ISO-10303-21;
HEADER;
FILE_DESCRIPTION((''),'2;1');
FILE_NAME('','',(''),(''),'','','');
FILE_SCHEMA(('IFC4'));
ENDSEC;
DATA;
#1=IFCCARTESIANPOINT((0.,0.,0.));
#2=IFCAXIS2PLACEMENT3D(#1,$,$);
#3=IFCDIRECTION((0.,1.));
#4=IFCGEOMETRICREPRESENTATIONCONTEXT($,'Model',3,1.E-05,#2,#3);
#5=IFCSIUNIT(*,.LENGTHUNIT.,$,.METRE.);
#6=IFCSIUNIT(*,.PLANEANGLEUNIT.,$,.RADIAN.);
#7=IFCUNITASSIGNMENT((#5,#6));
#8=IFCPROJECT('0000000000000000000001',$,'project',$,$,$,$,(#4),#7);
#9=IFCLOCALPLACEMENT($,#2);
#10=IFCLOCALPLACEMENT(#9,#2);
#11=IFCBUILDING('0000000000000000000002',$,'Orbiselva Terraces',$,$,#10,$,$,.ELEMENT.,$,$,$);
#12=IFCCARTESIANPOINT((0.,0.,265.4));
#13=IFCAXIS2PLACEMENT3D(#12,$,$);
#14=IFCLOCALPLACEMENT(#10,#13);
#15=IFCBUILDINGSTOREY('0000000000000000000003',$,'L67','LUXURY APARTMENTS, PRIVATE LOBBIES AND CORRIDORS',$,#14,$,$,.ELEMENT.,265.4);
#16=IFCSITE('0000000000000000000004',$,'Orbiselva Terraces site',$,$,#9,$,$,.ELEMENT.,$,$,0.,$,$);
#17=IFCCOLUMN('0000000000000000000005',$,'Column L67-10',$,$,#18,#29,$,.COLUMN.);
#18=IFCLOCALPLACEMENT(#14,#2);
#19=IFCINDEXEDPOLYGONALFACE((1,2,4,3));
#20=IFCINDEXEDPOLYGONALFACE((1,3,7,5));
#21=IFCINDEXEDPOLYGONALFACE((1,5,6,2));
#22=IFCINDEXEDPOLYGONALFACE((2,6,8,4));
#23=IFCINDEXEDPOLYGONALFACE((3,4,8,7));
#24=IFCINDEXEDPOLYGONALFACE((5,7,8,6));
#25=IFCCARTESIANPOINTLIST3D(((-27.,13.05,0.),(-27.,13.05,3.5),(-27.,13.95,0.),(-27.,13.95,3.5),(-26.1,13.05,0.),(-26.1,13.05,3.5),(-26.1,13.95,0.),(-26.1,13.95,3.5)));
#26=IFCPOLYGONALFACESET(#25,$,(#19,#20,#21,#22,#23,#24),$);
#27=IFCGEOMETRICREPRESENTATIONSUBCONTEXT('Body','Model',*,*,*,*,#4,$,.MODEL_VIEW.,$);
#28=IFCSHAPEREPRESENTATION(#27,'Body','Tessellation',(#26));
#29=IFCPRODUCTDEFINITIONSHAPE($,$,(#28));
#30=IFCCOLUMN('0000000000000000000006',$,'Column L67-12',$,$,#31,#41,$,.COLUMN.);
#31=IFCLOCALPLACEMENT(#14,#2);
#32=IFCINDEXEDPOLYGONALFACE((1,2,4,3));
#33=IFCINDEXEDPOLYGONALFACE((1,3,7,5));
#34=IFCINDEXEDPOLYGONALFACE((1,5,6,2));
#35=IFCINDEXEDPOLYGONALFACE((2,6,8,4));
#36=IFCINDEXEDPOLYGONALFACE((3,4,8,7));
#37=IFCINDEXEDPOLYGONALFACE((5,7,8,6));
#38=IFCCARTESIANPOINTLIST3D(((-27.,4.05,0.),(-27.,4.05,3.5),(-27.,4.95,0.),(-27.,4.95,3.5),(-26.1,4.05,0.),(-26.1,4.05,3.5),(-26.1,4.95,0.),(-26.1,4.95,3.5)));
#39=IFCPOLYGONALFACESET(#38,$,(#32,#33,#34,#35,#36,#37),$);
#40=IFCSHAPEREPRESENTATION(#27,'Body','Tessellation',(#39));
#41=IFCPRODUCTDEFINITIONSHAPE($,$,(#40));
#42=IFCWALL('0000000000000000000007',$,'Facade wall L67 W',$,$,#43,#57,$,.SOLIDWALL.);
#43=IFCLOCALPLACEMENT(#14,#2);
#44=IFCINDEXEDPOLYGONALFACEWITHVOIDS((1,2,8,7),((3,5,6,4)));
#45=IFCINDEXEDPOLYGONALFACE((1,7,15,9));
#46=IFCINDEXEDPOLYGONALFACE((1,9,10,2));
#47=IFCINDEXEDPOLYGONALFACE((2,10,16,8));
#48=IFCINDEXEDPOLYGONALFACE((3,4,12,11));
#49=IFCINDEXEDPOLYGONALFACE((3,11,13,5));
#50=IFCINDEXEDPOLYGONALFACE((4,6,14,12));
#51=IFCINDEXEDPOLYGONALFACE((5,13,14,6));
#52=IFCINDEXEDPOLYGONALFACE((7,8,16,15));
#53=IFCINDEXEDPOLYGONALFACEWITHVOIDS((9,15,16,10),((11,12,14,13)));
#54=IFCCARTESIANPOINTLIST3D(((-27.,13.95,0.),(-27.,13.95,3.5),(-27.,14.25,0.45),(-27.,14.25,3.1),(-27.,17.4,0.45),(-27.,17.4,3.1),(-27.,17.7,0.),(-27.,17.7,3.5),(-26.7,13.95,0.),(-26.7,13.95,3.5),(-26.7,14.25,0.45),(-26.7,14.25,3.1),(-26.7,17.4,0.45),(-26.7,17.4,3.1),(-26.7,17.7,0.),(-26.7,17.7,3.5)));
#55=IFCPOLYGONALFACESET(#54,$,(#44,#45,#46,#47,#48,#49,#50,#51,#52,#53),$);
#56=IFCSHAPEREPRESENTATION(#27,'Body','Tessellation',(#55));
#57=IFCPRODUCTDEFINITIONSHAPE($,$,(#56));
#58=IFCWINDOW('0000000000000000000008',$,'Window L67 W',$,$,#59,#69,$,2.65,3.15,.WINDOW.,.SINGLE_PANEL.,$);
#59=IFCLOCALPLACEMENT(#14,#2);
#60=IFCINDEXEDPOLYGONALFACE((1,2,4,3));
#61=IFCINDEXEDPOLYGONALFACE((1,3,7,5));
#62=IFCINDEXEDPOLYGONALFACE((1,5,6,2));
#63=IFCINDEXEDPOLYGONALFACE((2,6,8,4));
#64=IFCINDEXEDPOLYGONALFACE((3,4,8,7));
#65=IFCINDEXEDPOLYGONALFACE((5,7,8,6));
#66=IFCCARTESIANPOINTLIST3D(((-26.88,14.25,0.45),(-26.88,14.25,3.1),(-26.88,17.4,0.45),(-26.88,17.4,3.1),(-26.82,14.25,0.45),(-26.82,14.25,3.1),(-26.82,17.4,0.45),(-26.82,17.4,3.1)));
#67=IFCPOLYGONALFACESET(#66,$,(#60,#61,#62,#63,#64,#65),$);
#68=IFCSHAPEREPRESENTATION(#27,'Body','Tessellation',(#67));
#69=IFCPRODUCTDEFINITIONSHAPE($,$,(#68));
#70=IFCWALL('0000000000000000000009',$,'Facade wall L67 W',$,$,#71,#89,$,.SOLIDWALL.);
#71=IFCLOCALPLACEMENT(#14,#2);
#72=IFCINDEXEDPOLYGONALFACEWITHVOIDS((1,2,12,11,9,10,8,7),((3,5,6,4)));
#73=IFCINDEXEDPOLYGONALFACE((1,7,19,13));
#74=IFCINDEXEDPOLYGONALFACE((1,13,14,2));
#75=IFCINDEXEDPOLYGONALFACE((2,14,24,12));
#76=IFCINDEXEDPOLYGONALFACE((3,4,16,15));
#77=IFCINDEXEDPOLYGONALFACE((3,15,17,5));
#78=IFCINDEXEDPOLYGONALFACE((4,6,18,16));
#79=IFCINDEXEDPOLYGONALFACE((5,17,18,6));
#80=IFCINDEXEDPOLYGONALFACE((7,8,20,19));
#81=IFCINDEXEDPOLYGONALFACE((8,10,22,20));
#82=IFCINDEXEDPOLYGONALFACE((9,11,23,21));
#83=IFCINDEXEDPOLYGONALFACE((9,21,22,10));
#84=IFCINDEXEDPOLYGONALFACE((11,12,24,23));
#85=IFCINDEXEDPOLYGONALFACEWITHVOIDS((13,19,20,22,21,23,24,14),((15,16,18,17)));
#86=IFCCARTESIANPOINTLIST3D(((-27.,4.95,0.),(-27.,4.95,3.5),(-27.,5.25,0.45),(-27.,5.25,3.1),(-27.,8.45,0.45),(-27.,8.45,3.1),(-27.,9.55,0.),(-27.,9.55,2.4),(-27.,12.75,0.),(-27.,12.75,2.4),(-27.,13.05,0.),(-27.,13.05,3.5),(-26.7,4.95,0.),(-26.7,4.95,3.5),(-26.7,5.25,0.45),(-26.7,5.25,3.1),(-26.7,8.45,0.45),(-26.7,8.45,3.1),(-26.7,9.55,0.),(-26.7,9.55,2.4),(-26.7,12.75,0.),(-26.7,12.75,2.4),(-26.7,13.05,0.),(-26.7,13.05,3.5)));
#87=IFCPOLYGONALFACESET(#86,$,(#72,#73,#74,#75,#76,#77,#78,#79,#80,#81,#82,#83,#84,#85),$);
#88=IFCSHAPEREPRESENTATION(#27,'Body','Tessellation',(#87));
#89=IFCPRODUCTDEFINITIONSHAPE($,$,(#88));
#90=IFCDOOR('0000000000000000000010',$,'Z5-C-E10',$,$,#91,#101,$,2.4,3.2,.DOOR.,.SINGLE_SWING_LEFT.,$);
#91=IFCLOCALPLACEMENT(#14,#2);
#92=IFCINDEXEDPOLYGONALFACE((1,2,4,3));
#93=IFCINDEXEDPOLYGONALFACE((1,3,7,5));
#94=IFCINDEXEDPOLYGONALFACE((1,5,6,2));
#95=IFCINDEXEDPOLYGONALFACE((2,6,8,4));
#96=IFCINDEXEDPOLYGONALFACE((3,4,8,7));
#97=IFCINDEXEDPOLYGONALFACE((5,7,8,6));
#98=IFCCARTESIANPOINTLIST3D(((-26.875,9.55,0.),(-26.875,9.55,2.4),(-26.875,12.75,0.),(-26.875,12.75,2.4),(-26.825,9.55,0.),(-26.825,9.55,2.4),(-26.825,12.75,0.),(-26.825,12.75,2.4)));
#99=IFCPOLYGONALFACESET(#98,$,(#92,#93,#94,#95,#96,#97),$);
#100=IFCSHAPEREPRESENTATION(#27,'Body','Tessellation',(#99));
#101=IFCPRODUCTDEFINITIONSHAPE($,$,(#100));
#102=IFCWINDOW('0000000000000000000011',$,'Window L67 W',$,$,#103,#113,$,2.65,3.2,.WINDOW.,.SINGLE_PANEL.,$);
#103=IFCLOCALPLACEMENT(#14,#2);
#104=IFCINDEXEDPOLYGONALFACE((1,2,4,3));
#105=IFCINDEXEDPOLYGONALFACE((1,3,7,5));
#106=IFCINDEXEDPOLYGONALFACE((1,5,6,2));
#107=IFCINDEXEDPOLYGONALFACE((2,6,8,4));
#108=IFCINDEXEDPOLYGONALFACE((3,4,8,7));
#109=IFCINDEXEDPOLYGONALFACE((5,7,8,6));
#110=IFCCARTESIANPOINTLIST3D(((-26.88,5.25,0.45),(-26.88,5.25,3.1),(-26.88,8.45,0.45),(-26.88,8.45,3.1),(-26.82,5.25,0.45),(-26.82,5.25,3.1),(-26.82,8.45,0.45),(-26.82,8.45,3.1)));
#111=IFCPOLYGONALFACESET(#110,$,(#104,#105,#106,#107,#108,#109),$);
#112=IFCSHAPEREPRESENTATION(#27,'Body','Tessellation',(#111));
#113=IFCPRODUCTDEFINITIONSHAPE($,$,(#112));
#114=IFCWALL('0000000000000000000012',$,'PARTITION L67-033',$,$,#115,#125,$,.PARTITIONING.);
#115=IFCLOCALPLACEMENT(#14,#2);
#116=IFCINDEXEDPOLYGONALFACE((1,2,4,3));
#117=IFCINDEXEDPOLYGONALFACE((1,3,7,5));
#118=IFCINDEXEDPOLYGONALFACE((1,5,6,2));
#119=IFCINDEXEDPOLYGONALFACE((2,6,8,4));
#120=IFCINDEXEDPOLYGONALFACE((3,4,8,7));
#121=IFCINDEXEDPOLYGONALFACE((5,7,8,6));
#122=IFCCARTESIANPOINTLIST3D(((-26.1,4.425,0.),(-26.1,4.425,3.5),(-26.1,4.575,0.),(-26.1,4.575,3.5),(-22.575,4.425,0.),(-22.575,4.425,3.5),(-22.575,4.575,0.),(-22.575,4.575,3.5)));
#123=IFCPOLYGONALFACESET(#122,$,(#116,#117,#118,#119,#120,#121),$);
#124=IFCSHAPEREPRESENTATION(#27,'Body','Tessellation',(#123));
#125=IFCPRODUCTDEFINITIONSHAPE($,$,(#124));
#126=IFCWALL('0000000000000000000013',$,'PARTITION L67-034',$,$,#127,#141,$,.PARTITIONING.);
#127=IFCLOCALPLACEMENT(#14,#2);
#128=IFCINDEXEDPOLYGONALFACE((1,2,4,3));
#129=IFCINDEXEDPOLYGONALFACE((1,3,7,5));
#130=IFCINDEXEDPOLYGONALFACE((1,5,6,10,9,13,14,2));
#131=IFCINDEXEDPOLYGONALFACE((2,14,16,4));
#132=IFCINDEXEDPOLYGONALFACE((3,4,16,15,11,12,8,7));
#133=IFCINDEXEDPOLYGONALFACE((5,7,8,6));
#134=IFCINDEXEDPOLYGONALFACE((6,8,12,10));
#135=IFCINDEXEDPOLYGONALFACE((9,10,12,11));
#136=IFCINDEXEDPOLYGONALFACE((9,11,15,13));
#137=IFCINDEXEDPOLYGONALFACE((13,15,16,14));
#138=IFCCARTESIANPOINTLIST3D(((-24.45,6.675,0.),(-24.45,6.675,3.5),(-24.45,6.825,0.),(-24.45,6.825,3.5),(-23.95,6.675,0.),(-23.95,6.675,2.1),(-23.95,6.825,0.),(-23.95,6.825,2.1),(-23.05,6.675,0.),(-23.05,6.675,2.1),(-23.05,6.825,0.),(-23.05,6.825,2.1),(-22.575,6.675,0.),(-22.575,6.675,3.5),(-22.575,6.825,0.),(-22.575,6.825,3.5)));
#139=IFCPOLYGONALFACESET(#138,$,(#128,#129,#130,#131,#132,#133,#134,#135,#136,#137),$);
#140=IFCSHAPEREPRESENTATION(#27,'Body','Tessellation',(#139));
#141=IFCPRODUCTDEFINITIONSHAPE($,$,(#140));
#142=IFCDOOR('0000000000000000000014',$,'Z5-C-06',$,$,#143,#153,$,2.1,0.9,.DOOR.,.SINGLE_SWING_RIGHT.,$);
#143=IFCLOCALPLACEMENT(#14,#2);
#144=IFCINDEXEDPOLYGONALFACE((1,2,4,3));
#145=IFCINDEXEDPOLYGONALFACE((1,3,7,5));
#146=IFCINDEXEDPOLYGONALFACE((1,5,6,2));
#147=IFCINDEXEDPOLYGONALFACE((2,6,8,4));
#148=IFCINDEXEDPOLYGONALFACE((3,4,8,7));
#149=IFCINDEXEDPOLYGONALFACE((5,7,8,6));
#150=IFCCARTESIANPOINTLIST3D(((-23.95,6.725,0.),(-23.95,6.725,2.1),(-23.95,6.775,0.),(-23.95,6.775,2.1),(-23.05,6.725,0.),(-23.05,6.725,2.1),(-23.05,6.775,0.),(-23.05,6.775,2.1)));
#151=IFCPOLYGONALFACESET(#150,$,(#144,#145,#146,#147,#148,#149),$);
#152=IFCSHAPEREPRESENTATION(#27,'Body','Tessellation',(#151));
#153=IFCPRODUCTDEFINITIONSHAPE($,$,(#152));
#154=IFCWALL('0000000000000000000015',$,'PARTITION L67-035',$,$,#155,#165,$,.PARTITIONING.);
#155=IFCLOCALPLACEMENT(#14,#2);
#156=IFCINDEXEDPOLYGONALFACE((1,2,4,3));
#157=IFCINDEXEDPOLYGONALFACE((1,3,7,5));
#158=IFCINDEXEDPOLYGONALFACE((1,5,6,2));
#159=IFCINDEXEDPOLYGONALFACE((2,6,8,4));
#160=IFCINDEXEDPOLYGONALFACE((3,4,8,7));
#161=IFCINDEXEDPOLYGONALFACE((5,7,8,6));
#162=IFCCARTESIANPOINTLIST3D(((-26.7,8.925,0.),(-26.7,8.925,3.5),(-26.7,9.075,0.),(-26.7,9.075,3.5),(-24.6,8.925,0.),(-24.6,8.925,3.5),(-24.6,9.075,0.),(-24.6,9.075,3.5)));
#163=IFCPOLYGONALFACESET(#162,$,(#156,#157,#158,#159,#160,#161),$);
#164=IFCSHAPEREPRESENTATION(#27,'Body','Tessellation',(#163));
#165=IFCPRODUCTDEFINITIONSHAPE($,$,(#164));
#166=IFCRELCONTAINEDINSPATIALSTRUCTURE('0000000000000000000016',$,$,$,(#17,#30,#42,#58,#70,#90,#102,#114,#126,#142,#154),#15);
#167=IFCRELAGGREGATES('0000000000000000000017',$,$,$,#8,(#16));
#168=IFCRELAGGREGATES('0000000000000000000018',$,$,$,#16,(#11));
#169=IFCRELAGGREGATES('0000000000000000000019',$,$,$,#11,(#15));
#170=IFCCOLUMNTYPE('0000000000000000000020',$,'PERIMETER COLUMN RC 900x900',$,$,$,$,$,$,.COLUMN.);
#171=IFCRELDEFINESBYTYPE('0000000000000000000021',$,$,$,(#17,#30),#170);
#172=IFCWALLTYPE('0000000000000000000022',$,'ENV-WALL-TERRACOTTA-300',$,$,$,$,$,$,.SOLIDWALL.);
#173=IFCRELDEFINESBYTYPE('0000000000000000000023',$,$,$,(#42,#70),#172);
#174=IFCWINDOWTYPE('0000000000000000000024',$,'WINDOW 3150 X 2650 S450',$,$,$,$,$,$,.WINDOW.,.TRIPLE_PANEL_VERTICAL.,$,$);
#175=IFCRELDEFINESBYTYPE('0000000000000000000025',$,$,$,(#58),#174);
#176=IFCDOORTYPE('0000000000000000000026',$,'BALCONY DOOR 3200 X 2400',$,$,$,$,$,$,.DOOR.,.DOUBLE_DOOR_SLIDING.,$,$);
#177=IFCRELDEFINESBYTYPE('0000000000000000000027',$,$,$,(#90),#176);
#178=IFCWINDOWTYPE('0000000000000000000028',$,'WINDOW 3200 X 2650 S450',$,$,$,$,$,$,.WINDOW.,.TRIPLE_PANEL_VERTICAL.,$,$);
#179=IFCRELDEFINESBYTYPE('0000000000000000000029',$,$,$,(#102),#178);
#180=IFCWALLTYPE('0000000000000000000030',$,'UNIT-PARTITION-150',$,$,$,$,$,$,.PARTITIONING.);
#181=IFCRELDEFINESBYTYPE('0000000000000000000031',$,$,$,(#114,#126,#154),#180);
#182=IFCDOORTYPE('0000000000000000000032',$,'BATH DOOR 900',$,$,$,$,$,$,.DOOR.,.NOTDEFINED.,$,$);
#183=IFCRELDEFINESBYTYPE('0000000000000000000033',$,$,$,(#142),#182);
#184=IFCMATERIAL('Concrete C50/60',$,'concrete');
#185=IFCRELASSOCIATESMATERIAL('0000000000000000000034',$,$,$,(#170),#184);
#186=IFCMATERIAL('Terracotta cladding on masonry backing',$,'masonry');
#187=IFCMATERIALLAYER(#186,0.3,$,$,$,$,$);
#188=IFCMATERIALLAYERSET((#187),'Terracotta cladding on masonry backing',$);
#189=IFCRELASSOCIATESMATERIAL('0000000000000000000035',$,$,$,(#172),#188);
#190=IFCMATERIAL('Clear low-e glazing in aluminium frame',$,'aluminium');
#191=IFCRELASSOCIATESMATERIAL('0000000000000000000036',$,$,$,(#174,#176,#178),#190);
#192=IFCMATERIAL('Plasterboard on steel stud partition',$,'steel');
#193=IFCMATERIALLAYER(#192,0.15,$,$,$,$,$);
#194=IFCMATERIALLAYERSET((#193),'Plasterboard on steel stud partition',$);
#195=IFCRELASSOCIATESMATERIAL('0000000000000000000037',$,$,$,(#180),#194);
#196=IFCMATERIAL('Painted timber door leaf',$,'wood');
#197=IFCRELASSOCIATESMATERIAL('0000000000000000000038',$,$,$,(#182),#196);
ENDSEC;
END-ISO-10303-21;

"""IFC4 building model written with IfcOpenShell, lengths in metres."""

from ifc_helpers import new_model, si_unit, direction, frame, frame_2d, origin, origin_2d, place, context, subcontext, project, spatial, rectangle, extrude, material, layer, layer_set, material_profile, profile_set, type_object, element, fill, save


model = new_model("IFC4")

# Units and contexts
model_context = context("Model", 3, precision=1e-05, world=origin(), true_north=direction((0.0, 1.0)))
body_context = subcontext(model_context, "Body", "Model", "MODEL_VIEW")
ifc_project = project(units=[si_unit("LENGTHUNIT", "METRE"), si_unit("PLANEANGLEUNIT", "RADIAN")], contexts=[model_context])

# Site, building, storey
site_placement = place(None, origin())
site = spatial("IfcSite", under=ifc_project, at=site_placement, Name="Orbiselva Terraces site", CompositionType="ELEMENT", RefElevation=0.0)
building_placement = place(site_placement, origin())
building = spatial("IfcBuilding", under=site, at=building_placement, Name="Orbiselva Terraces", CompositionType="ELEMENT")
storey_placement = place(building_placement, frame((0.0, 0.0, 265.4)))
storey = spatial("IfcBuildingStorey", under=building, at=storey_placement, Name="L67", Description="LUXURY APARTMENTS, PRIVATE LOBBIES AND CORRIDORS", CompositionType="ELEMENT", Elevation=265.4)

# Columns
ifc_material_1 = material(Name="Concrete C50/60", Category="concrete")
ifc_material_profile = material_profile(ifc_material_1, rectangle(XDim=0.9, YDim=0.9, at=origin_2d()), Name="RC 900x900")
ifc_profile_set = profile_set([ifc_material_profile], Name="Concrete C50/60")
column_type = type_object("IfcColumnType", Name="PERIMETER COLUMN RC 900x900", PredefinedType="COLUMN", material=ifc_profile_set)
for number, where, z_axis, x_axis, name in (
    (1, (-26.55, 13.5, 0.0), (0.0, 0.0, 1.0), (1.0, 0.0, 0.0), "Column L67-10"),
    (2, (-26.55, 4.5, 0.0), (0.0, 0.0, 1.0), (1.0, 0.0, 0.0), "Column L67-12"),
):
    element("IfcColumn", number, at=place(storey_placement, frame(where, z_axis=z_axis, x_axis=x_axis)), inside=storey, type_object=column_type, Name=name, PredefinedType="COLUMN", context=body_context, shape_type="SweptSolid", body=[
        extrude(rectangle(XDim=0.9, YDim=0.9, at=origin_2d()), origin(), (0.0, 0.0, 1.0), 3.5),
    ])

# Wall, opening, window
ifc_material_2 = material(Name="Terracotta cladding on masonry backing", Category="masonry")
ifc_layer_1 = layer(ifc_material_2, 0.3)
ifc_layer_set_1 = layer_set([ifc_layer_1], Name="Terracotta cladding on masonry backing")
wall_type_1 = type_object("IfcWallType", Name="ENV-WALL-TERRACOTTA-300", PredefinedType="SOLIDWALL", material=ifc_layer_set_1)
wall_1_placement = place(storey_placement, frame((-26.85, 13.95, 0.0), z_axis=(0.0, 0.0, 1.0), x_axis=(0.0, 1.0, 0.0)))
wall_1 = element("IfcWall", 3, at=wall_1_placement, inside=storey, type_object=wall_type_1, Name="Facade wall L67 W", PredefinedType="SOLIDWALL", context=body_context, shape_type="SweptSolid", body=[
    extrude(rectangle(XDim=3.75, YDim=0.3, at=frame_2d((1.875, 0.0))), origin(), (0.0, 0.0, 1.0), 3.5),
])
opening_1_placement = place(wall_1_placement, frame((0.3, 0.0, 0.45)))
opening_1 = element("IfcOpeningElement", 4, at=opening_1_placement, cuts=wall_1, PredefinedType="OPENING", context=body_context, shape_type="SweptSolid", body=[
    extrude(rectangle(XDim=3.15, YDim=2.65, at=frame_2d((1.575, 1.325))), frame((0.0, 0.16, 0.0), z_axis=(0.0, -1.0, 0.0), x_axis=(1.0, 0.0, 0.0)), (0.0, 0.0, 1.0), 0.32),
])
ifc_material_3 = material(Name="Clear low-e glazing in aluminium frame", Category="aluminium")
window_type_1 = type_object("IfcWindowType", Name="WINDOW 3150 X 2650 S450", PartitioningType="TRIPLE_PANEL_VERTICAL", PredefinedType="WINDOW", material=ifc_material_3)
window_1_placement = place(opening_1_placement, origin())
window_1 = element("IfcWindow", 5, at=window_1_placement, inside=storey, type_object=window_type_1, Name="Window L67 W", OverallHeight=2.65, OverallWidth=3.15, PartitioningType="SINGLE_PANEL", PredefinedType="WINDOW", context=body_context, shape_type="SweptSolid", body=[
    extrude(rectangle(XDim=3.15, YDim=2.65, at=frame_2d((1.575, 1.325))), frame((0.0, 0.03, 0.0), z_axis=(0.0, -1.0, 0.0), x_axis=(1.0, 0.0, 0.0)), (0.0, 0.0, 1.0), 0.06),
])
fill(opening_1, window_1)

# Wall, openings, door, window
wall_2_placement = place(storey_placement, frame((-26.85, 4.95, 0.0), z_axis=(0.0, 0.0, 1.0), x_axis=(0.0, 1.0, 0.0)))
wall_2 = element("IfcWall", 6, at=wall_2_placement, inside=storey, type_object=wall_type_1, Name="Facade wall L67 W", PredefinedType="SOLIDWALL", context=body_context, shape_type="SweptSolid", body=[
    extrude(rectangle(XDim=8.1, YDim=0.3, at=frame_2d((4.05, 0.0))), origin(), (0.0, 0.0, 1.0), 3.5),
])
opening_2_placement = place(wall_2_placement, frame((4.6, 0.0, 0.0)))
opening_2 = element("IfcOpeningElement", 7, at=opening_2_placement, cuts=wall_2, PredefinedType="OPENING", context=body_context, shape_type="SweptSolid", body=[
    extrude(rectangle(XDim=3.2, YDim=2.4, at=frame_2d((1.6, 1.2))), frame((0.0, 0.16, 0.0), z_axis=(0.0, -1.0, 0.0), x_axis=(1.0, 0.0, 0.0)), (0.0, 0.0, 1.0), 0.32),
])
opening_3_placement = place(wall_2_placement, frame((0.3, 0.0, 0.45)))
opening_3 = element("IfcOpeningElement", 8, at=opening_3_placement, cuts=wall_2, PredefinedType="OPENING", context=body_context, shape_type="SweptSolid", body=[
    extrude(rectangle(XDim=3.2, YDim=2.65, at=frame_2d((1.6, 1.325))), frame((0.0, 0.16, 0.0), z_axis=(0.0, -1.0, 0.0), x_axis=(1.0, 0.0, 0.0)), (0.0, 0.0, 1.0), 0.32),
])
door_type_1 = type_object("IfcDoorType", Name="BALCONY DOOR 3200 X 2400", OperationType="DOUBLE_DOOR_SLIDING", PredefinedType="DOOR", material=ifc_material_3)
door_1_placement = place(opening_2_placement, origin())
door_1 = element("IfcDoor", 9, at=door_1_placement, inside=storey, type_object=door_type_1, Name="Z5-C-E10", OperationType="SINGLE_SWING_LEFT", OverallHeight=2.4, OverallWidth=3.2, PredefinedType="DOOR", context=body_context, shape_type="SweptSolid", body=[
    extrude(rectangle(XDim=3.2, YDim=2.4, at=frame_2d((1.6, 1.2))), frame((0.0, 0.025, 0.0), z_axis=(0.0, -1.0, 0.0), x_axis=(1.0, 0.0, 0.0)), (0.0, 0.0, 1.0), 0.05),
])
fill(opening_2, door_1)
window_type_2 = type_object("IfcWindowType", Name="WINDOW 3200 X 2650 S450", PartitioningType="TRIPLE_PANEL_VERTICAL", PredefinedType="WINDOW", material=ifc_material_3)
window_2_placement = place(opening_3_placement, origin())
window_2 = element("IfcWindow", 10, at=window_2_placement, inside=storey, type_object=window_type_2, Name="Window L67 W", OverallHeight=2.65, OverallWidth=3.2, PartitioningType="SINGLE_PANEL", PredefinedType="WINDOW", context=body_context, shape_type="SweptSolid", body=[
    extrude(rectangle(XDim=3.2, YDim=2.65, at=frame_2d((1.6, 1.325))), frame((0.0, 0.03, 0.0), z_axis=(0.0, -1.0, 0.0), x_axis=(1.0, 0.0, 0.0)), (0.0, 0.0, 1.0), 0.06),
])
fill(opening_3, window_2)

# Wall
ifc_material_4 = material(Name="Plasterboard on steel stud partition", Category="steel")
ifc_layer_2 = layer(ifc_material_4, 0.15)
ifc_layer_set_2 = layer_set([ifc_layer_2], Name="Plasterboard on steel stud partition")
wall_type_2 = type_object("IfcWallType", Name="UNIT-PARTITION-150", PredefinedType="PARTITIONING", material=ifc_layer_set_2)
wall_3_placement = place(storey_placement, frame((-26.1, 4.5, 0.0), z_axis=(0.0, 0.0, 1.0), x_axis=(1.0, 0.0, 0.0)))
element("IfcWall", 11, at=wall_3_placement, inside=storey, type_object=wall_type_2, Name="PARTITION L67-033", PredefinedType="PARTITIONING", context=body_context, shape_type="SweptSolid", body=[
    extrude(rectangle(XDim=3.525, YDim=0.15, at=frame_2d((1.7625, 0.0))), origin(), (0.0, 0.0, 1.0), 3.5),
])

# Wall, opening, door
wall_4_placement = place(storey_placement, frame((-24.45, 6.75, 0.0), z_axis=(0.0, 0.0, 1.0), x_axis=(1.0, 0.0, 0.0)))
wall_4 = element("IfcWall", 12, at=wall_4_placement, inside=storey, type_object=wall_type_2, Name="PARTITION L67-034", PredefinedType="PARTITIONING", context=body_context, shape_type="SweptSolid", body=[
    extrude(rectangle(XDim=1.875, YDim=0.15, at=frame_2d((0.9375, 0.0))), origin(), (0.0, 0.0, 1.0), 3.5),
])
opening_4_placement = place(wall_4_placement, frame((0.5, 0.0, 0.0)))
opening_4 = element("IfcOpeningElement", 13, at=opening_4_placement, cuts=wall_4, PredefinedType="OPENING", context=body_context, shape_type="SweptSolid", body=[
    extrude(rectangle(XDim=0.9, YDim=2.1, at=frame_2d((0.45, 1.05))), frame((0.0, 0.085, 0.0), z_axis=(0.0, -1.0, 0.0), x_axis=(1.0, 0.0, 0.0)), (0.0, 0.0, 1.0), 0.17),
])
ifc_material_5 = material(Name="Painted timber door leaf", Category="wood")
door_type_2 = type_object("IfcDoorType", Name="BATH DOOR 900", OperationType="NOTDEFINED", PredefinedType="DOOR", material=ifc_material_5)
door_2_placement = place(opening_4_placement, origin())
door_2 = element("IfcDoor", 14, at=door_2_placement, inside=storey, type_object=door_type_2, Name="Z5-C-06", OperationType="SINGLE_SWING_RIGHT", OverallHeight=2.1, OverallWidth=0.9, PredefinedType="DOOR", context=body_context, shape_type="SweptSolid", body=[
    extrude(rectangle(XDim=0.9, YDim=2.1, at=frame_2d((0.45, 1.05))), frame((0.0, 0.025, 0.0), z_axis=(0.0, -1.0, 0.0), x_axis=(1.0, 0.0, 0.0)), (0.0, 0.0, 1.0), 0.05),
])
fill(opening_4, door_2)

# Wall
wall_5_placement = place(storey_placement, frame((-26.7, 9.0, 0.0), z_axis=(0.0, 0.0, 1.0), x_axis=(1.0, 0.0, 0.0)))
element("IfcWall", 15, at=wall_5_placement, inside=storey, type_object=wall_type_2, Name="PARTITION L67-035", PredefinedType="PARTITIONING", context=body_context, shape_type="SweptSolid", body=[
    extrude(rectangle(XDim=2.1, YDim=0.15, at=frame_2d((1.05, 0.0))), origin(), (0.0, 0.0, 1.0), 3.5),
])

save(model, "model.ifc")
